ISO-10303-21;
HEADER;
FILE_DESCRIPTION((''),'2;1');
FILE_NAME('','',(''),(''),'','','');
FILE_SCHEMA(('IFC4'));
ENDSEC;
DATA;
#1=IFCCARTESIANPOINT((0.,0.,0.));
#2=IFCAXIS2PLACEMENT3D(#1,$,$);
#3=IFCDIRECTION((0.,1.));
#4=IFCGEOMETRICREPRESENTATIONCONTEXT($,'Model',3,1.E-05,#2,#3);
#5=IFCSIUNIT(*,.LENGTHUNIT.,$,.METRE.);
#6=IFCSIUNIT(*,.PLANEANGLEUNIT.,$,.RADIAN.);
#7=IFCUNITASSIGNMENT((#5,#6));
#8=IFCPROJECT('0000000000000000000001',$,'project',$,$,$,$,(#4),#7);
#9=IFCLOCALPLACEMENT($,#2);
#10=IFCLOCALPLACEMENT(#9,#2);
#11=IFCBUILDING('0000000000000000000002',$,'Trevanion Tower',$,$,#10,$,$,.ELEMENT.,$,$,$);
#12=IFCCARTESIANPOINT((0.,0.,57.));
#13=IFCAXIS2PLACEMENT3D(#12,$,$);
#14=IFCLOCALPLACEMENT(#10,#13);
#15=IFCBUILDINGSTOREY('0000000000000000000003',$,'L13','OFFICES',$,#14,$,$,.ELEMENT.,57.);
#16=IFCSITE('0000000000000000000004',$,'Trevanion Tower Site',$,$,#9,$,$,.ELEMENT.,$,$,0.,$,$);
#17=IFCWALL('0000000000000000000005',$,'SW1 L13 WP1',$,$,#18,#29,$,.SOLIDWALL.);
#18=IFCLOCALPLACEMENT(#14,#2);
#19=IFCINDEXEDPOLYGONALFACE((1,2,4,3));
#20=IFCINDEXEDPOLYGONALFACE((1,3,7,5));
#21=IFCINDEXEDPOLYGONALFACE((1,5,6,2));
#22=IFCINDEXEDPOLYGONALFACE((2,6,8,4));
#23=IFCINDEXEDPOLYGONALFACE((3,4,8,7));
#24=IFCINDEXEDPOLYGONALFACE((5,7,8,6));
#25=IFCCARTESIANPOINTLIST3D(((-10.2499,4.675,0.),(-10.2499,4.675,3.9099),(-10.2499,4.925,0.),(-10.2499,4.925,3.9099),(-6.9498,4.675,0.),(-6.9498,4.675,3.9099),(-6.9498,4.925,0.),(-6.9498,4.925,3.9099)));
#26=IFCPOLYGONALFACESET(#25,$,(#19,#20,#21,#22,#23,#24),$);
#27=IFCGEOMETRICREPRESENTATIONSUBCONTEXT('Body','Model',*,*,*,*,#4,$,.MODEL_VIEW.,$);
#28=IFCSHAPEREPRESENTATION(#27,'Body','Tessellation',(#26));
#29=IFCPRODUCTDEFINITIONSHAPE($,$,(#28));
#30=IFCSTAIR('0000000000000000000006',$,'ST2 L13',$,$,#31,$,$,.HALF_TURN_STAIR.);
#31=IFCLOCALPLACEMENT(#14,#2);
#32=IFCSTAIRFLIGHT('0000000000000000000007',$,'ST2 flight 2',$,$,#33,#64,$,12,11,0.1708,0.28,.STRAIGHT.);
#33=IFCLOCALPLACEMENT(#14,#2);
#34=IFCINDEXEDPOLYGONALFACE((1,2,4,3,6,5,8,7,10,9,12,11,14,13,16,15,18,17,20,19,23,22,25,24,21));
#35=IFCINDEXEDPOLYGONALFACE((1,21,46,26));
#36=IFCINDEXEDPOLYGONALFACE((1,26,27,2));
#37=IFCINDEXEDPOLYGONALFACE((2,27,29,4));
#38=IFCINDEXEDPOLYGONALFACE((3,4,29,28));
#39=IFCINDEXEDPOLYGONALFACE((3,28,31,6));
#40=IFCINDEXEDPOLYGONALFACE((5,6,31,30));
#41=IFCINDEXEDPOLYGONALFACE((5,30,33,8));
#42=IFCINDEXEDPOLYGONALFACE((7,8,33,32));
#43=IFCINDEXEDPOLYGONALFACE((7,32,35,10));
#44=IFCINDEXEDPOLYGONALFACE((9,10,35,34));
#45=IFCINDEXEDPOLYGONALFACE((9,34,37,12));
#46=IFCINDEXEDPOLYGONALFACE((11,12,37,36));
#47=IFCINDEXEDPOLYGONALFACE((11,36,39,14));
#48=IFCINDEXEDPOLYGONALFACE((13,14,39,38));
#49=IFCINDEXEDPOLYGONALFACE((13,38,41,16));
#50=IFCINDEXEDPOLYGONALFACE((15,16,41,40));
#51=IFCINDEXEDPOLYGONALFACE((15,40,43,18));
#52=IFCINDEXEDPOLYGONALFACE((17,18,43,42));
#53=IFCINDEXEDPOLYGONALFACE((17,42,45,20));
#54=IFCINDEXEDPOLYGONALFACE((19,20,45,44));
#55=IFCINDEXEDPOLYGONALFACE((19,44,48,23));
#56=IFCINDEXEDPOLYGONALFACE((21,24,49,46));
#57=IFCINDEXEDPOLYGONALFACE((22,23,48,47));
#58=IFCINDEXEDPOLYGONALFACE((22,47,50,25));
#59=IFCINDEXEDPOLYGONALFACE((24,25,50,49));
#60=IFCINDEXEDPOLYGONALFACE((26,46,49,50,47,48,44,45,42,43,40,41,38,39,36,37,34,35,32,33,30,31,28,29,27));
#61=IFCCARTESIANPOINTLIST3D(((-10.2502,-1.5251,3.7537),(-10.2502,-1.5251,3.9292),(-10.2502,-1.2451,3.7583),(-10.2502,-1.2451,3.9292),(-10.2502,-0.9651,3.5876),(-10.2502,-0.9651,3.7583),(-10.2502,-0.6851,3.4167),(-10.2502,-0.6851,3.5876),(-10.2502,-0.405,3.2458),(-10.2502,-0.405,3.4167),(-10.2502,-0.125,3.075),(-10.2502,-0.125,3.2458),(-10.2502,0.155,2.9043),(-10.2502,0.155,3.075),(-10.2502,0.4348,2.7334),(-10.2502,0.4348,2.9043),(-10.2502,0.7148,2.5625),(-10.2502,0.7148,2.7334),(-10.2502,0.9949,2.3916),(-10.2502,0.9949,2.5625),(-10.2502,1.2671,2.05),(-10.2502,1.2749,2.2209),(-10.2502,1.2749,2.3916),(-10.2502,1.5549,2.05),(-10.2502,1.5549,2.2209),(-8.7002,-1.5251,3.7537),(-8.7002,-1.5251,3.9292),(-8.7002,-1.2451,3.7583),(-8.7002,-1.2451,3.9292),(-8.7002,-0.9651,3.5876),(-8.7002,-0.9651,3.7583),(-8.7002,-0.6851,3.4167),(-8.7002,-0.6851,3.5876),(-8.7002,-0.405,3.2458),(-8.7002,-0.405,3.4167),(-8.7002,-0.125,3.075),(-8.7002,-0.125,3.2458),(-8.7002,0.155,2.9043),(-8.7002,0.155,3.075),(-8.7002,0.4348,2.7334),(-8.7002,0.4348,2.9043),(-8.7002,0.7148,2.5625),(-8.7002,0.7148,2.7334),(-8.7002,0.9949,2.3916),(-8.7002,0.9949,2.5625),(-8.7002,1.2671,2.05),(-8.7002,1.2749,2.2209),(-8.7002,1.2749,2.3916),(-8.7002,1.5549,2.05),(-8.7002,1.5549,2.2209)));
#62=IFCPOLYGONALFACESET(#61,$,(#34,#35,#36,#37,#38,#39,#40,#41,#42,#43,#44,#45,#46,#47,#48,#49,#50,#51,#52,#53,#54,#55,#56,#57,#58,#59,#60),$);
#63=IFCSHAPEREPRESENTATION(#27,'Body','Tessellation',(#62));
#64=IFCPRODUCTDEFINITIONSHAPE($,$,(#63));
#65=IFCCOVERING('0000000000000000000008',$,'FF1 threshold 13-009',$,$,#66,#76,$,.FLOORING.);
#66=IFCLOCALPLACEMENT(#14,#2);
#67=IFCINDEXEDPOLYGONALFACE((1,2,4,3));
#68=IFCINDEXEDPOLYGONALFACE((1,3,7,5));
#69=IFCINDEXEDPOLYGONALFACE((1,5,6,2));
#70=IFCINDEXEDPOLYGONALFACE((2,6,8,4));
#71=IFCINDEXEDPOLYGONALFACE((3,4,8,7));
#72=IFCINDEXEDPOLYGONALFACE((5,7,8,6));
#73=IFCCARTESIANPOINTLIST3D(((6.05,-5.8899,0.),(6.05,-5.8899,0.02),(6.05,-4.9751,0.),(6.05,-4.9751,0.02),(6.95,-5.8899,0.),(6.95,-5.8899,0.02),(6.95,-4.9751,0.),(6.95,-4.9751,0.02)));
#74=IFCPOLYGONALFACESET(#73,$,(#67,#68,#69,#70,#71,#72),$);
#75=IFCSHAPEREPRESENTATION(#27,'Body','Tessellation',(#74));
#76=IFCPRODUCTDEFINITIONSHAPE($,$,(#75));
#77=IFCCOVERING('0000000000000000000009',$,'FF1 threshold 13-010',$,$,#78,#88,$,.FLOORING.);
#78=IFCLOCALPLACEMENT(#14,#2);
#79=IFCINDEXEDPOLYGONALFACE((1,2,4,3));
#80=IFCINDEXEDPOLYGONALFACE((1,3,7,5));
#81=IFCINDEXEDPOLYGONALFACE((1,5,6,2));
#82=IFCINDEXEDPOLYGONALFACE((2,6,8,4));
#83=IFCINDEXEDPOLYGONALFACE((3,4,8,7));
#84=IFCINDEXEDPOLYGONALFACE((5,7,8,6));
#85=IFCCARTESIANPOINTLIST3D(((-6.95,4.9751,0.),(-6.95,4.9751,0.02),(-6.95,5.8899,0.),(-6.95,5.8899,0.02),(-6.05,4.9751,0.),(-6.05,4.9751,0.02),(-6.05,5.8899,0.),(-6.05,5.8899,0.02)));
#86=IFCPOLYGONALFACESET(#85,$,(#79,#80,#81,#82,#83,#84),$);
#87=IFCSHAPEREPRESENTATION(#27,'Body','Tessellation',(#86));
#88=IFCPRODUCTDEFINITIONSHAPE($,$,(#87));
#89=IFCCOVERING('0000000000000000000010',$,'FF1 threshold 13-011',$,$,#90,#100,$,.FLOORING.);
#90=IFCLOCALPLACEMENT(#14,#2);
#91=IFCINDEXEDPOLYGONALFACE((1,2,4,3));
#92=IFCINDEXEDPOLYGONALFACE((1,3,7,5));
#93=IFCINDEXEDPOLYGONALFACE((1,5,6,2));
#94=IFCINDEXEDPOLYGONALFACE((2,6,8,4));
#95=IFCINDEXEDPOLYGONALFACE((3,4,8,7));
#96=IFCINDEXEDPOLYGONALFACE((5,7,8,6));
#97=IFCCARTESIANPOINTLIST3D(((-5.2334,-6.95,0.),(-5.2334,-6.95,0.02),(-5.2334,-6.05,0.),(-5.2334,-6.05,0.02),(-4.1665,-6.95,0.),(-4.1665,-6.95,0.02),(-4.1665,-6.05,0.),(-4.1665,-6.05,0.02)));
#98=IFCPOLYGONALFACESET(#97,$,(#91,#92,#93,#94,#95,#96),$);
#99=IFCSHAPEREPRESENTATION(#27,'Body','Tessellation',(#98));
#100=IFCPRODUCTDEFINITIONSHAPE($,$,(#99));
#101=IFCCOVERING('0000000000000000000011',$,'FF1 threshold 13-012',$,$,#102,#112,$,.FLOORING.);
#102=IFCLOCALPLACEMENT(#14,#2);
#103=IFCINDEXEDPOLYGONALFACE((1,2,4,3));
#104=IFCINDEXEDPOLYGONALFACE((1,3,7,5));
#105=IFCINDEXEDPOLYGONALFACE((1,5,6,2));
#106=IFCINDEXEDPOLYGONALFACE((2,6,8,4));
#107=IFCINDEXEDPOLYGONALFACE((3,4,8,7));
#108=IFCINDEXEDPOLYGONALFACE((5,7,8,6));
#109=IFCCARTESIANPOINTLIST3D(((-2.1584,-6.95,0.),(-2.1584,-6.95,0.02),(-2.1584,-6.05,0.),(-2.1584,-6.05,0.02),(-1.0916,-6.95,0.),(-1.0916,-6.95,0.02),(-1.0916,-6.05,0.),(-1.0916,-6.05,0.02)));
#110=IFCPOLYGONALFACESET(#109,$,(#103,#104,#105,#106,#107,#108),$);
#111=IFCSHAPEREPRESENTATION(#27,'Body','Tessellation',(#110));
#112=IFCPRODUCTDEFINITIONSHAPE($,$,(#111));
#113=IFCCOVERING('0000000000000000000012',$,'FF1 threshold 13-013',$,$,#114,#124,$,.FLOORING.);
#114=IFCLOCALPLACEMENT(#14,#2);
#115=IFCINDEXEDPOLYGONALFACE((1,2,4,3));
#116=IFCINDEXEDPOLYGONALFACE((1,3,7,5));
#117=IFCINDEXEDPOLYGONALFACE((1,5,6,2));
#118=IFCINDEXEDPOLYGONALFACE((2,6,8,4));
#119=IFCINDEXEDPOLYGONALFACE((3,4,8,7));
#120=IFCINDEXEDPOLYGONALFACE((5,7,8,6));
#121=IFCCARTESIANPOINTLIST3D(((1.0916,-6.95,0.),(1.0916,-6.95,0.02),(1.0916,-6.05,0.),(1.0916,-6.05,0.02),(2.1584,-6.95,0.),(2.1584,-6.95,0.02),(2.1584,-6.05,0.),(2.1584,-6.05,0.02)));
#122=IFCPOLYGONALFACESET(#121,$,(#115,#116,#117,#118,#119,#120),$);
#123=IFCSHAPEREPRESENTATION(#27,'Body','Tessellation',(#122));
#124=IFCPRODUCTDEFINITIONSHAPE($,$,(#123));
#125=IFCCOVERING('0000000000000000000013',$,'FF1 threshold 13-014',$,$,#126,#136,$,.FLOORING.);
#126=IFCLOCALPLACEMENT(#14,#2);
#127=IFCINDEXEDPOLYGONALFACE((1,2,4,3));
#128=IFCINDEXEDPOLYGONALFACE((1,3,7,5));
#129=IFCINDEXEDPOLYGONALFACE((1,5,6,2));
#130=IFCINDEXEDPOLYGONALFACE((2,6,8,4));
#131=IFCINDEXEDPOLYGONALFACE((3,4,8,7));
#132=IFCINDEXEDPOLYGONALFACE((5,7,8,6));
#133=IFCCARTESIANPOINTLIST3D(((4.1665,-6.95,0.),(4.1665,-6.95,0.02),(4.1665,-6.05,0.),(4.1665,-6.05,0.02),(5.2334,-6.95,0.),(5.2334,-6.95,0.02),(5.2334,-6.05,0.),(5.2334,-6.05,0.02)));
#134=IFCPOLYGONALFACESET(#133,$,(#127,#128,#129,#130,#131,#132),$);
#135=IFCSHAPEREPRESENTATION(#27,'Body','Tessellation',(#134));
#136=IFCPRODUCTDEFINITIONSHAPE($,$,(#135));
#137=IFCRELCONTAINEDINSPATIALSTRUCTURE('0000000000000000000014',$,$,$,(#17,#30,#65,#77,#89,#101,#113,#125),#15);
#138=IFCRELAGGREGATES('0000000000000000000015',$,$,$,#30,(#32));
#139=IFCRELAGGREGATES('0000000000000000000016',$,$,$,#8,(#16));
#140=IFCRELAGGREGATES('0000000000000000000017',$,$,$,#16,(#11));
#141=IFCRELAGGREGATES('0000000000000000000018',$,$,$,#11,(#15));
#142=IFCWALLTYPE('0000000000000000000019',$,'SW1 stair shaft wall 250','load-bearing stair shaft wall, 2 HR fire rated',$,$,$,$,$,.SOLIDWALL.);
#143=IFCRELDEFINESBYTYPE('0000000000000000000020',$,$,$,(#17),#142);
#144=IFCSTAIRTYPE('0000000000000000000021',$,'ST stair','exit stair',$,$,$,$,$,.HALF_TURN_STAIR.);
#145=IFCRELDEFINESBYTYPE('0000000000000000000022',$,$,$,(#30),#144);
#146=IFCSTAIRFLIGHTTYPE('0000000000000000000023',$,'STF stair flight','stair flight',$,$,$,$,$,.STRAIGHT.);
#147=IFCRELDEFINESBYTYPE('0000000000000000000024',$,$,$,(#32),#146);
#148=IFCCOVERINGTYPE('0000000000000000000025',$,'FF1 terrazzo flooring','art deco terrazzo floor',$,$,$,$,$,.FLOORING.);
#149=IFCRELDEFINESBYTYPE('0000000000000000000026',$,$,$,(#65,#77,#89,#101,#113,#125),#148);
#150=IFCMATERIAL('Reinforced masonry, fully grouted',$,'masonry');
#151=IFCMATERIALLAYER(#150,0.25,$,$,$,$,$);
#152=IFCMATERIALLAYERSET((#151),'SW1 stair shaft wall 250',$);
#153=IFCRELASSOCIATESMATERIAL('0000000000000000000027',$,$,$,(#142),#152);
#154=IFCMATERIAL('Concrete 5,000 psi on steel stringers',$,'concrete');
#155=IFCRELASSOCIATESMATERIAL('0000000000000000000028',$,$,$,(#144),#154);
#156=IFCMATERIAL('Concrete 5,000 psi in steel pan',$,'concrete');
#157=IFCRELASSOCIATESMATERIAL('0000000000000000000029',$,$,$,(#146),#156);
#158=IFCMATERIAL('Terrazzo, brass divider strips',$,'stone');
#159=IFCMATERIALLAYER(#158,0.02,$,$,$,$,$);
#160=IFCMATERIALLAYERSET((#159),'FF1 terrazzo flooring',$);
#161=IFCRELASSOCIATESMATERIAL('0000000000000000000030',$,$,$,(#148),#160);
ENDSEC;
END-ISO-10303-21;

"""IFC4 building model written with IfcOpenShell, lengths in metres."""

from ifc_helpers import new_model, si_unit, direction, frame, frame_2d, origin, place, context, subcontext, project, spatial, polyline, rectangle, outline, extrude, material, layer, layer_set, type_object, element, aggregate, save


model = new_model("IFC4")

# Units and contexts
model_context = context("Model", 3, precision=1e-05, world=origin(), true_north=direction((0.0, 1.0)))
body_context = subcontext(model_context, "Body", "Model", "MODEL_VIEW")
ifc_project = project(units=[si_unit("LENGTHUNIT", "METRE"), si_unit("PLANEANGLEUNIT", "RADIAN")], contexts=[model_context])

# Site, building, storey
site_placement = place(None, origin())
site = spatial("IfcSite", under=ifc_project, at=site_placement, Name="Trevanion Tower Site", CompositionType="ELEMENT", RefElevation=0.0)
building_placement = place(site_placement, origin())
building = spatial("IfcBuilding", under=site, at=building_placement, Name="Trevanion Tower", CompositionType="ELEMENT")
storey_placement = place(building_placement, frame((0.0, 0.0, 57.0)))
storey = spatial("IfcBuildingStorey", under=building, at=storey_placement, Name="L13", Description="OFFICES", CompositionType="ELEMENT", Elevation=57.0)

# Wall
ifc_material_1 = material(Name="Reinforced masonry, fully grouted", Category="masonry")
ifc_layer_1 = layer(ifc_material_1, 0.25)
ifc_layer_set_1 = layer_set([ifc_layer_1], Name="SW1 stair shaft wall 250")
wall_type_1 = type_object("IfcWallType", Name="SW1 stair shaft wall 250", Description="load-bearing stair shaft wall, 2 HR fire rated", PredefinedType="SOLIDWALL", material=ifc_layer_set_1)
wall_1_placement = place(storey_placement, frame((-6.95, 4.8, 0.0), z_axis=(0.0, 0.0, 1.0), x_axis=(-1.0, 0.0, 0.0)))
element("IfcWall", 1, at=wall_1_placement, inside=storey, type_object=wall_type_1, Name="SW1 L13 WP1", PredefinedType="SOLIDWALL", context=body_context, shape_type="SweptSolid", body=[
    extrude(rectangle(XDim=3.3, YDim=0.25, at=frame_2d((1.6499, 0.0))), origin(), (0.0, 0.0, 1.0), 3.9099),
])

# Stair, stair flight
ifc_material_2 = material(Name="Concrete 5,000 psi on steel stringers", Category="concrete")
stair_type = type_object("IfcStairType", Name="ST stair", Description="exit stair", PredefinedType="HALF_TURN_STAIR", material=ifc_material_2)
stair_placement = place(storey_placement, origin())
stair = element("IfcStair", 2, at=stair_placement, inside=storey, type_object=stair_type, Name="ST2 L13", PredefinedType="HALF_TURN_STAIR")
ifc_material_3 = material(Name="Concrete 5,000 psi in steel pan", Category="concrete")
stair_flight_type = type_object("IfcStairFlightType", Name="STF stair flight", Description="stair flight", PredefinedType="STRAIGHT", material=ifc_material_3)
stair_flight_placement = place(storey_placement, frame((-9.4751, 1.5549, 2.05), z_axis=(0.0, 0.0, 1.0), x_axis=(0.0, -1.0, 0.0)))
stair_flight = element("IfcStairFlight", 3, at=stair_flight_placement, type_object=stair_flight_type, Name="ST2 flight 2", NumberOfRisers=12, NumberOfTreads=11, PredefinedType="STRAIGHT", RiserHeight=0.1708, TreadLength=0.28, context=body_context, shape_type="SweptSolid", body=[
    extrude(outline(polyline([(0.0, 0.0), (0.0, 0.1709), (0.28, 0.1709), (0.28, 0.3416), (0.5601, 0.3416), (0.5601, 0.5125), (0.8401, 0.5125), (0.8401, 0.6833), (1.1201, 0.6833), (1.1201, 0.8542), (1.3999, 0.8542), (1.3999, 1.0249), (1.6799, 1.0249), (1.6799, 1.1958), (1.96, 1.1958), (1.96, 1.3667), (2.24, 1.3667), (2.24, 1.5376), (2.52, 1.5376), (2.52, 1.7083), (2.8, 1.7083), (2.8, 1.8792), (3.0801, 1.8792), (3.0801, 2.05), (3.0801, 1.7036), (0.2878, 0.0), (0.0, 0.0)])), frame((0.0, 0.7749, 0.0), z_axis=(0.0, -1.0, 0.0), x_axis=(1.0, 0.0, 0.0)), (0.0, 0.0, 1.0), 1.55),
])
aggregate(stair, [stair_flight])

# Coverings
ifc_material_4 = material(Name="Terrazzo, brass divider strips", Category="stone")
ifc_layer_2 = layer(ifc_material_4, 0.02)
ifc_layer_set_2 = layer_set([ifc_layer_2], Name="FF1 terrazzo flooring")
covering_type = type_object("IfcCoveringType", Name="FF1 terrazzo flooring", Description="art deco terrazzo floor", PredefinedType="FLOORING", material=ifc_layer_set_2)
covering_1_placement = place(storey_placement, origin())
element("IfcCovering", 4, at=covering_1_placement, inside=storey, type_object=covering_type, Name="FF1 threshold 13-009", PredefinedType="FLOORING", context=body_context, shape_type="SweptSolid", body=[
    extrude(outline(polyline([(6.95, -5.8899), (6.95, -4.9751), (6.05, -4.9751), (6.05, -5.8899), (6.95, -5.8899)])), origin(), (0.0, 0.0, 1.0), 0.02),
])
covering_2_placement = place(storey_placement, origin())
element("IfcCovering", 5, at=covering_2_placement, inside=storey, type_object=covering_type, Name="FF1 threshold 13-010", PredefinedType="FLOORING", context=body_context, shape_type="SweptSolid", body=[
    extrude(outline(polyline([(-6.95, 5.8899), (-6.95, 4.9751), (-6.05, 4.9751), (-6.05, 5.8899), (-6.95, 5.8899)])), origin(), (0.0, 0.0, 1.0), 0.02),
])
covering_3_placement = place(storey_placement, origin())
element("IfcCovering", 6, at=covering_3_placement, inside=storey, type_object=covering_type, Name="FF1 threshold 13-011", PredefinedType="FLOORING", context=body_context, shape_type="SweptSolid", body=[
    extrude(outline(polyline([(-5.2334, -6.95), (-4.1665, -6.95), (-4.1665, -6.05), (-5.2334, -6.05), (-5.2334, -6.95)])), origin(), (0.0, 0.0, 1.0), 0.02),
])
covering_4_placement = place(storey_placement, origin())
element("IfcCovering", 7, at=covering_4_placement, inside=storey, type_object=covering_type, Name="FF1 threshold 13-012", PredefinedType="FLOORING", context=body_context, shape_type="SweptSolid", body=[
    extrude(outline(polyline([(-2.1584, -6.95), (-1.0916, -6.95), (-1.0916, -6.05), (-2.1584, -6.05), (-2.1584, -6.95)])), origin(), (0.0, 0.0, 1.0), 0.02),
])
covering_5_placement = place(storey_placement, origin())
element("IfcCovering", 8, at=covering_5_placement, inside=storey, type_object=covering_type, Name="FF1 threshold 13-013", PredefinedType="FLOORING", context=body_context, shape_type="SweptSolid", body=[
    extrude(outline(polyline([(1.0916, -6.95), (2.1584, -6.95), (2.1584, -6.05), (1.0916, -6.05), (1.0916, -6.95)])), origin(), (0.0, 0.0, 1.0), 0.02),
])
covering_6_placement = place(storey_placement, origin())
element("IfcCovering", 9, at=covering_6_placement, inside=storey, type_object=covering_type, Name="FF1 threshold 13-014", PredefinedType="FLOORING", context=body_context, shape_type="SweptSolid", body=[
    extrude(outline(polyline([(4.1665, -6.95), (5.2334, -6.95), (5.2334, -6.05), (4.1665, -6.05), (4.1665, -6.95)])), origin(), (0.0, 0.0, 1.0), 0.02),
])

save(model, "model.ifc")
